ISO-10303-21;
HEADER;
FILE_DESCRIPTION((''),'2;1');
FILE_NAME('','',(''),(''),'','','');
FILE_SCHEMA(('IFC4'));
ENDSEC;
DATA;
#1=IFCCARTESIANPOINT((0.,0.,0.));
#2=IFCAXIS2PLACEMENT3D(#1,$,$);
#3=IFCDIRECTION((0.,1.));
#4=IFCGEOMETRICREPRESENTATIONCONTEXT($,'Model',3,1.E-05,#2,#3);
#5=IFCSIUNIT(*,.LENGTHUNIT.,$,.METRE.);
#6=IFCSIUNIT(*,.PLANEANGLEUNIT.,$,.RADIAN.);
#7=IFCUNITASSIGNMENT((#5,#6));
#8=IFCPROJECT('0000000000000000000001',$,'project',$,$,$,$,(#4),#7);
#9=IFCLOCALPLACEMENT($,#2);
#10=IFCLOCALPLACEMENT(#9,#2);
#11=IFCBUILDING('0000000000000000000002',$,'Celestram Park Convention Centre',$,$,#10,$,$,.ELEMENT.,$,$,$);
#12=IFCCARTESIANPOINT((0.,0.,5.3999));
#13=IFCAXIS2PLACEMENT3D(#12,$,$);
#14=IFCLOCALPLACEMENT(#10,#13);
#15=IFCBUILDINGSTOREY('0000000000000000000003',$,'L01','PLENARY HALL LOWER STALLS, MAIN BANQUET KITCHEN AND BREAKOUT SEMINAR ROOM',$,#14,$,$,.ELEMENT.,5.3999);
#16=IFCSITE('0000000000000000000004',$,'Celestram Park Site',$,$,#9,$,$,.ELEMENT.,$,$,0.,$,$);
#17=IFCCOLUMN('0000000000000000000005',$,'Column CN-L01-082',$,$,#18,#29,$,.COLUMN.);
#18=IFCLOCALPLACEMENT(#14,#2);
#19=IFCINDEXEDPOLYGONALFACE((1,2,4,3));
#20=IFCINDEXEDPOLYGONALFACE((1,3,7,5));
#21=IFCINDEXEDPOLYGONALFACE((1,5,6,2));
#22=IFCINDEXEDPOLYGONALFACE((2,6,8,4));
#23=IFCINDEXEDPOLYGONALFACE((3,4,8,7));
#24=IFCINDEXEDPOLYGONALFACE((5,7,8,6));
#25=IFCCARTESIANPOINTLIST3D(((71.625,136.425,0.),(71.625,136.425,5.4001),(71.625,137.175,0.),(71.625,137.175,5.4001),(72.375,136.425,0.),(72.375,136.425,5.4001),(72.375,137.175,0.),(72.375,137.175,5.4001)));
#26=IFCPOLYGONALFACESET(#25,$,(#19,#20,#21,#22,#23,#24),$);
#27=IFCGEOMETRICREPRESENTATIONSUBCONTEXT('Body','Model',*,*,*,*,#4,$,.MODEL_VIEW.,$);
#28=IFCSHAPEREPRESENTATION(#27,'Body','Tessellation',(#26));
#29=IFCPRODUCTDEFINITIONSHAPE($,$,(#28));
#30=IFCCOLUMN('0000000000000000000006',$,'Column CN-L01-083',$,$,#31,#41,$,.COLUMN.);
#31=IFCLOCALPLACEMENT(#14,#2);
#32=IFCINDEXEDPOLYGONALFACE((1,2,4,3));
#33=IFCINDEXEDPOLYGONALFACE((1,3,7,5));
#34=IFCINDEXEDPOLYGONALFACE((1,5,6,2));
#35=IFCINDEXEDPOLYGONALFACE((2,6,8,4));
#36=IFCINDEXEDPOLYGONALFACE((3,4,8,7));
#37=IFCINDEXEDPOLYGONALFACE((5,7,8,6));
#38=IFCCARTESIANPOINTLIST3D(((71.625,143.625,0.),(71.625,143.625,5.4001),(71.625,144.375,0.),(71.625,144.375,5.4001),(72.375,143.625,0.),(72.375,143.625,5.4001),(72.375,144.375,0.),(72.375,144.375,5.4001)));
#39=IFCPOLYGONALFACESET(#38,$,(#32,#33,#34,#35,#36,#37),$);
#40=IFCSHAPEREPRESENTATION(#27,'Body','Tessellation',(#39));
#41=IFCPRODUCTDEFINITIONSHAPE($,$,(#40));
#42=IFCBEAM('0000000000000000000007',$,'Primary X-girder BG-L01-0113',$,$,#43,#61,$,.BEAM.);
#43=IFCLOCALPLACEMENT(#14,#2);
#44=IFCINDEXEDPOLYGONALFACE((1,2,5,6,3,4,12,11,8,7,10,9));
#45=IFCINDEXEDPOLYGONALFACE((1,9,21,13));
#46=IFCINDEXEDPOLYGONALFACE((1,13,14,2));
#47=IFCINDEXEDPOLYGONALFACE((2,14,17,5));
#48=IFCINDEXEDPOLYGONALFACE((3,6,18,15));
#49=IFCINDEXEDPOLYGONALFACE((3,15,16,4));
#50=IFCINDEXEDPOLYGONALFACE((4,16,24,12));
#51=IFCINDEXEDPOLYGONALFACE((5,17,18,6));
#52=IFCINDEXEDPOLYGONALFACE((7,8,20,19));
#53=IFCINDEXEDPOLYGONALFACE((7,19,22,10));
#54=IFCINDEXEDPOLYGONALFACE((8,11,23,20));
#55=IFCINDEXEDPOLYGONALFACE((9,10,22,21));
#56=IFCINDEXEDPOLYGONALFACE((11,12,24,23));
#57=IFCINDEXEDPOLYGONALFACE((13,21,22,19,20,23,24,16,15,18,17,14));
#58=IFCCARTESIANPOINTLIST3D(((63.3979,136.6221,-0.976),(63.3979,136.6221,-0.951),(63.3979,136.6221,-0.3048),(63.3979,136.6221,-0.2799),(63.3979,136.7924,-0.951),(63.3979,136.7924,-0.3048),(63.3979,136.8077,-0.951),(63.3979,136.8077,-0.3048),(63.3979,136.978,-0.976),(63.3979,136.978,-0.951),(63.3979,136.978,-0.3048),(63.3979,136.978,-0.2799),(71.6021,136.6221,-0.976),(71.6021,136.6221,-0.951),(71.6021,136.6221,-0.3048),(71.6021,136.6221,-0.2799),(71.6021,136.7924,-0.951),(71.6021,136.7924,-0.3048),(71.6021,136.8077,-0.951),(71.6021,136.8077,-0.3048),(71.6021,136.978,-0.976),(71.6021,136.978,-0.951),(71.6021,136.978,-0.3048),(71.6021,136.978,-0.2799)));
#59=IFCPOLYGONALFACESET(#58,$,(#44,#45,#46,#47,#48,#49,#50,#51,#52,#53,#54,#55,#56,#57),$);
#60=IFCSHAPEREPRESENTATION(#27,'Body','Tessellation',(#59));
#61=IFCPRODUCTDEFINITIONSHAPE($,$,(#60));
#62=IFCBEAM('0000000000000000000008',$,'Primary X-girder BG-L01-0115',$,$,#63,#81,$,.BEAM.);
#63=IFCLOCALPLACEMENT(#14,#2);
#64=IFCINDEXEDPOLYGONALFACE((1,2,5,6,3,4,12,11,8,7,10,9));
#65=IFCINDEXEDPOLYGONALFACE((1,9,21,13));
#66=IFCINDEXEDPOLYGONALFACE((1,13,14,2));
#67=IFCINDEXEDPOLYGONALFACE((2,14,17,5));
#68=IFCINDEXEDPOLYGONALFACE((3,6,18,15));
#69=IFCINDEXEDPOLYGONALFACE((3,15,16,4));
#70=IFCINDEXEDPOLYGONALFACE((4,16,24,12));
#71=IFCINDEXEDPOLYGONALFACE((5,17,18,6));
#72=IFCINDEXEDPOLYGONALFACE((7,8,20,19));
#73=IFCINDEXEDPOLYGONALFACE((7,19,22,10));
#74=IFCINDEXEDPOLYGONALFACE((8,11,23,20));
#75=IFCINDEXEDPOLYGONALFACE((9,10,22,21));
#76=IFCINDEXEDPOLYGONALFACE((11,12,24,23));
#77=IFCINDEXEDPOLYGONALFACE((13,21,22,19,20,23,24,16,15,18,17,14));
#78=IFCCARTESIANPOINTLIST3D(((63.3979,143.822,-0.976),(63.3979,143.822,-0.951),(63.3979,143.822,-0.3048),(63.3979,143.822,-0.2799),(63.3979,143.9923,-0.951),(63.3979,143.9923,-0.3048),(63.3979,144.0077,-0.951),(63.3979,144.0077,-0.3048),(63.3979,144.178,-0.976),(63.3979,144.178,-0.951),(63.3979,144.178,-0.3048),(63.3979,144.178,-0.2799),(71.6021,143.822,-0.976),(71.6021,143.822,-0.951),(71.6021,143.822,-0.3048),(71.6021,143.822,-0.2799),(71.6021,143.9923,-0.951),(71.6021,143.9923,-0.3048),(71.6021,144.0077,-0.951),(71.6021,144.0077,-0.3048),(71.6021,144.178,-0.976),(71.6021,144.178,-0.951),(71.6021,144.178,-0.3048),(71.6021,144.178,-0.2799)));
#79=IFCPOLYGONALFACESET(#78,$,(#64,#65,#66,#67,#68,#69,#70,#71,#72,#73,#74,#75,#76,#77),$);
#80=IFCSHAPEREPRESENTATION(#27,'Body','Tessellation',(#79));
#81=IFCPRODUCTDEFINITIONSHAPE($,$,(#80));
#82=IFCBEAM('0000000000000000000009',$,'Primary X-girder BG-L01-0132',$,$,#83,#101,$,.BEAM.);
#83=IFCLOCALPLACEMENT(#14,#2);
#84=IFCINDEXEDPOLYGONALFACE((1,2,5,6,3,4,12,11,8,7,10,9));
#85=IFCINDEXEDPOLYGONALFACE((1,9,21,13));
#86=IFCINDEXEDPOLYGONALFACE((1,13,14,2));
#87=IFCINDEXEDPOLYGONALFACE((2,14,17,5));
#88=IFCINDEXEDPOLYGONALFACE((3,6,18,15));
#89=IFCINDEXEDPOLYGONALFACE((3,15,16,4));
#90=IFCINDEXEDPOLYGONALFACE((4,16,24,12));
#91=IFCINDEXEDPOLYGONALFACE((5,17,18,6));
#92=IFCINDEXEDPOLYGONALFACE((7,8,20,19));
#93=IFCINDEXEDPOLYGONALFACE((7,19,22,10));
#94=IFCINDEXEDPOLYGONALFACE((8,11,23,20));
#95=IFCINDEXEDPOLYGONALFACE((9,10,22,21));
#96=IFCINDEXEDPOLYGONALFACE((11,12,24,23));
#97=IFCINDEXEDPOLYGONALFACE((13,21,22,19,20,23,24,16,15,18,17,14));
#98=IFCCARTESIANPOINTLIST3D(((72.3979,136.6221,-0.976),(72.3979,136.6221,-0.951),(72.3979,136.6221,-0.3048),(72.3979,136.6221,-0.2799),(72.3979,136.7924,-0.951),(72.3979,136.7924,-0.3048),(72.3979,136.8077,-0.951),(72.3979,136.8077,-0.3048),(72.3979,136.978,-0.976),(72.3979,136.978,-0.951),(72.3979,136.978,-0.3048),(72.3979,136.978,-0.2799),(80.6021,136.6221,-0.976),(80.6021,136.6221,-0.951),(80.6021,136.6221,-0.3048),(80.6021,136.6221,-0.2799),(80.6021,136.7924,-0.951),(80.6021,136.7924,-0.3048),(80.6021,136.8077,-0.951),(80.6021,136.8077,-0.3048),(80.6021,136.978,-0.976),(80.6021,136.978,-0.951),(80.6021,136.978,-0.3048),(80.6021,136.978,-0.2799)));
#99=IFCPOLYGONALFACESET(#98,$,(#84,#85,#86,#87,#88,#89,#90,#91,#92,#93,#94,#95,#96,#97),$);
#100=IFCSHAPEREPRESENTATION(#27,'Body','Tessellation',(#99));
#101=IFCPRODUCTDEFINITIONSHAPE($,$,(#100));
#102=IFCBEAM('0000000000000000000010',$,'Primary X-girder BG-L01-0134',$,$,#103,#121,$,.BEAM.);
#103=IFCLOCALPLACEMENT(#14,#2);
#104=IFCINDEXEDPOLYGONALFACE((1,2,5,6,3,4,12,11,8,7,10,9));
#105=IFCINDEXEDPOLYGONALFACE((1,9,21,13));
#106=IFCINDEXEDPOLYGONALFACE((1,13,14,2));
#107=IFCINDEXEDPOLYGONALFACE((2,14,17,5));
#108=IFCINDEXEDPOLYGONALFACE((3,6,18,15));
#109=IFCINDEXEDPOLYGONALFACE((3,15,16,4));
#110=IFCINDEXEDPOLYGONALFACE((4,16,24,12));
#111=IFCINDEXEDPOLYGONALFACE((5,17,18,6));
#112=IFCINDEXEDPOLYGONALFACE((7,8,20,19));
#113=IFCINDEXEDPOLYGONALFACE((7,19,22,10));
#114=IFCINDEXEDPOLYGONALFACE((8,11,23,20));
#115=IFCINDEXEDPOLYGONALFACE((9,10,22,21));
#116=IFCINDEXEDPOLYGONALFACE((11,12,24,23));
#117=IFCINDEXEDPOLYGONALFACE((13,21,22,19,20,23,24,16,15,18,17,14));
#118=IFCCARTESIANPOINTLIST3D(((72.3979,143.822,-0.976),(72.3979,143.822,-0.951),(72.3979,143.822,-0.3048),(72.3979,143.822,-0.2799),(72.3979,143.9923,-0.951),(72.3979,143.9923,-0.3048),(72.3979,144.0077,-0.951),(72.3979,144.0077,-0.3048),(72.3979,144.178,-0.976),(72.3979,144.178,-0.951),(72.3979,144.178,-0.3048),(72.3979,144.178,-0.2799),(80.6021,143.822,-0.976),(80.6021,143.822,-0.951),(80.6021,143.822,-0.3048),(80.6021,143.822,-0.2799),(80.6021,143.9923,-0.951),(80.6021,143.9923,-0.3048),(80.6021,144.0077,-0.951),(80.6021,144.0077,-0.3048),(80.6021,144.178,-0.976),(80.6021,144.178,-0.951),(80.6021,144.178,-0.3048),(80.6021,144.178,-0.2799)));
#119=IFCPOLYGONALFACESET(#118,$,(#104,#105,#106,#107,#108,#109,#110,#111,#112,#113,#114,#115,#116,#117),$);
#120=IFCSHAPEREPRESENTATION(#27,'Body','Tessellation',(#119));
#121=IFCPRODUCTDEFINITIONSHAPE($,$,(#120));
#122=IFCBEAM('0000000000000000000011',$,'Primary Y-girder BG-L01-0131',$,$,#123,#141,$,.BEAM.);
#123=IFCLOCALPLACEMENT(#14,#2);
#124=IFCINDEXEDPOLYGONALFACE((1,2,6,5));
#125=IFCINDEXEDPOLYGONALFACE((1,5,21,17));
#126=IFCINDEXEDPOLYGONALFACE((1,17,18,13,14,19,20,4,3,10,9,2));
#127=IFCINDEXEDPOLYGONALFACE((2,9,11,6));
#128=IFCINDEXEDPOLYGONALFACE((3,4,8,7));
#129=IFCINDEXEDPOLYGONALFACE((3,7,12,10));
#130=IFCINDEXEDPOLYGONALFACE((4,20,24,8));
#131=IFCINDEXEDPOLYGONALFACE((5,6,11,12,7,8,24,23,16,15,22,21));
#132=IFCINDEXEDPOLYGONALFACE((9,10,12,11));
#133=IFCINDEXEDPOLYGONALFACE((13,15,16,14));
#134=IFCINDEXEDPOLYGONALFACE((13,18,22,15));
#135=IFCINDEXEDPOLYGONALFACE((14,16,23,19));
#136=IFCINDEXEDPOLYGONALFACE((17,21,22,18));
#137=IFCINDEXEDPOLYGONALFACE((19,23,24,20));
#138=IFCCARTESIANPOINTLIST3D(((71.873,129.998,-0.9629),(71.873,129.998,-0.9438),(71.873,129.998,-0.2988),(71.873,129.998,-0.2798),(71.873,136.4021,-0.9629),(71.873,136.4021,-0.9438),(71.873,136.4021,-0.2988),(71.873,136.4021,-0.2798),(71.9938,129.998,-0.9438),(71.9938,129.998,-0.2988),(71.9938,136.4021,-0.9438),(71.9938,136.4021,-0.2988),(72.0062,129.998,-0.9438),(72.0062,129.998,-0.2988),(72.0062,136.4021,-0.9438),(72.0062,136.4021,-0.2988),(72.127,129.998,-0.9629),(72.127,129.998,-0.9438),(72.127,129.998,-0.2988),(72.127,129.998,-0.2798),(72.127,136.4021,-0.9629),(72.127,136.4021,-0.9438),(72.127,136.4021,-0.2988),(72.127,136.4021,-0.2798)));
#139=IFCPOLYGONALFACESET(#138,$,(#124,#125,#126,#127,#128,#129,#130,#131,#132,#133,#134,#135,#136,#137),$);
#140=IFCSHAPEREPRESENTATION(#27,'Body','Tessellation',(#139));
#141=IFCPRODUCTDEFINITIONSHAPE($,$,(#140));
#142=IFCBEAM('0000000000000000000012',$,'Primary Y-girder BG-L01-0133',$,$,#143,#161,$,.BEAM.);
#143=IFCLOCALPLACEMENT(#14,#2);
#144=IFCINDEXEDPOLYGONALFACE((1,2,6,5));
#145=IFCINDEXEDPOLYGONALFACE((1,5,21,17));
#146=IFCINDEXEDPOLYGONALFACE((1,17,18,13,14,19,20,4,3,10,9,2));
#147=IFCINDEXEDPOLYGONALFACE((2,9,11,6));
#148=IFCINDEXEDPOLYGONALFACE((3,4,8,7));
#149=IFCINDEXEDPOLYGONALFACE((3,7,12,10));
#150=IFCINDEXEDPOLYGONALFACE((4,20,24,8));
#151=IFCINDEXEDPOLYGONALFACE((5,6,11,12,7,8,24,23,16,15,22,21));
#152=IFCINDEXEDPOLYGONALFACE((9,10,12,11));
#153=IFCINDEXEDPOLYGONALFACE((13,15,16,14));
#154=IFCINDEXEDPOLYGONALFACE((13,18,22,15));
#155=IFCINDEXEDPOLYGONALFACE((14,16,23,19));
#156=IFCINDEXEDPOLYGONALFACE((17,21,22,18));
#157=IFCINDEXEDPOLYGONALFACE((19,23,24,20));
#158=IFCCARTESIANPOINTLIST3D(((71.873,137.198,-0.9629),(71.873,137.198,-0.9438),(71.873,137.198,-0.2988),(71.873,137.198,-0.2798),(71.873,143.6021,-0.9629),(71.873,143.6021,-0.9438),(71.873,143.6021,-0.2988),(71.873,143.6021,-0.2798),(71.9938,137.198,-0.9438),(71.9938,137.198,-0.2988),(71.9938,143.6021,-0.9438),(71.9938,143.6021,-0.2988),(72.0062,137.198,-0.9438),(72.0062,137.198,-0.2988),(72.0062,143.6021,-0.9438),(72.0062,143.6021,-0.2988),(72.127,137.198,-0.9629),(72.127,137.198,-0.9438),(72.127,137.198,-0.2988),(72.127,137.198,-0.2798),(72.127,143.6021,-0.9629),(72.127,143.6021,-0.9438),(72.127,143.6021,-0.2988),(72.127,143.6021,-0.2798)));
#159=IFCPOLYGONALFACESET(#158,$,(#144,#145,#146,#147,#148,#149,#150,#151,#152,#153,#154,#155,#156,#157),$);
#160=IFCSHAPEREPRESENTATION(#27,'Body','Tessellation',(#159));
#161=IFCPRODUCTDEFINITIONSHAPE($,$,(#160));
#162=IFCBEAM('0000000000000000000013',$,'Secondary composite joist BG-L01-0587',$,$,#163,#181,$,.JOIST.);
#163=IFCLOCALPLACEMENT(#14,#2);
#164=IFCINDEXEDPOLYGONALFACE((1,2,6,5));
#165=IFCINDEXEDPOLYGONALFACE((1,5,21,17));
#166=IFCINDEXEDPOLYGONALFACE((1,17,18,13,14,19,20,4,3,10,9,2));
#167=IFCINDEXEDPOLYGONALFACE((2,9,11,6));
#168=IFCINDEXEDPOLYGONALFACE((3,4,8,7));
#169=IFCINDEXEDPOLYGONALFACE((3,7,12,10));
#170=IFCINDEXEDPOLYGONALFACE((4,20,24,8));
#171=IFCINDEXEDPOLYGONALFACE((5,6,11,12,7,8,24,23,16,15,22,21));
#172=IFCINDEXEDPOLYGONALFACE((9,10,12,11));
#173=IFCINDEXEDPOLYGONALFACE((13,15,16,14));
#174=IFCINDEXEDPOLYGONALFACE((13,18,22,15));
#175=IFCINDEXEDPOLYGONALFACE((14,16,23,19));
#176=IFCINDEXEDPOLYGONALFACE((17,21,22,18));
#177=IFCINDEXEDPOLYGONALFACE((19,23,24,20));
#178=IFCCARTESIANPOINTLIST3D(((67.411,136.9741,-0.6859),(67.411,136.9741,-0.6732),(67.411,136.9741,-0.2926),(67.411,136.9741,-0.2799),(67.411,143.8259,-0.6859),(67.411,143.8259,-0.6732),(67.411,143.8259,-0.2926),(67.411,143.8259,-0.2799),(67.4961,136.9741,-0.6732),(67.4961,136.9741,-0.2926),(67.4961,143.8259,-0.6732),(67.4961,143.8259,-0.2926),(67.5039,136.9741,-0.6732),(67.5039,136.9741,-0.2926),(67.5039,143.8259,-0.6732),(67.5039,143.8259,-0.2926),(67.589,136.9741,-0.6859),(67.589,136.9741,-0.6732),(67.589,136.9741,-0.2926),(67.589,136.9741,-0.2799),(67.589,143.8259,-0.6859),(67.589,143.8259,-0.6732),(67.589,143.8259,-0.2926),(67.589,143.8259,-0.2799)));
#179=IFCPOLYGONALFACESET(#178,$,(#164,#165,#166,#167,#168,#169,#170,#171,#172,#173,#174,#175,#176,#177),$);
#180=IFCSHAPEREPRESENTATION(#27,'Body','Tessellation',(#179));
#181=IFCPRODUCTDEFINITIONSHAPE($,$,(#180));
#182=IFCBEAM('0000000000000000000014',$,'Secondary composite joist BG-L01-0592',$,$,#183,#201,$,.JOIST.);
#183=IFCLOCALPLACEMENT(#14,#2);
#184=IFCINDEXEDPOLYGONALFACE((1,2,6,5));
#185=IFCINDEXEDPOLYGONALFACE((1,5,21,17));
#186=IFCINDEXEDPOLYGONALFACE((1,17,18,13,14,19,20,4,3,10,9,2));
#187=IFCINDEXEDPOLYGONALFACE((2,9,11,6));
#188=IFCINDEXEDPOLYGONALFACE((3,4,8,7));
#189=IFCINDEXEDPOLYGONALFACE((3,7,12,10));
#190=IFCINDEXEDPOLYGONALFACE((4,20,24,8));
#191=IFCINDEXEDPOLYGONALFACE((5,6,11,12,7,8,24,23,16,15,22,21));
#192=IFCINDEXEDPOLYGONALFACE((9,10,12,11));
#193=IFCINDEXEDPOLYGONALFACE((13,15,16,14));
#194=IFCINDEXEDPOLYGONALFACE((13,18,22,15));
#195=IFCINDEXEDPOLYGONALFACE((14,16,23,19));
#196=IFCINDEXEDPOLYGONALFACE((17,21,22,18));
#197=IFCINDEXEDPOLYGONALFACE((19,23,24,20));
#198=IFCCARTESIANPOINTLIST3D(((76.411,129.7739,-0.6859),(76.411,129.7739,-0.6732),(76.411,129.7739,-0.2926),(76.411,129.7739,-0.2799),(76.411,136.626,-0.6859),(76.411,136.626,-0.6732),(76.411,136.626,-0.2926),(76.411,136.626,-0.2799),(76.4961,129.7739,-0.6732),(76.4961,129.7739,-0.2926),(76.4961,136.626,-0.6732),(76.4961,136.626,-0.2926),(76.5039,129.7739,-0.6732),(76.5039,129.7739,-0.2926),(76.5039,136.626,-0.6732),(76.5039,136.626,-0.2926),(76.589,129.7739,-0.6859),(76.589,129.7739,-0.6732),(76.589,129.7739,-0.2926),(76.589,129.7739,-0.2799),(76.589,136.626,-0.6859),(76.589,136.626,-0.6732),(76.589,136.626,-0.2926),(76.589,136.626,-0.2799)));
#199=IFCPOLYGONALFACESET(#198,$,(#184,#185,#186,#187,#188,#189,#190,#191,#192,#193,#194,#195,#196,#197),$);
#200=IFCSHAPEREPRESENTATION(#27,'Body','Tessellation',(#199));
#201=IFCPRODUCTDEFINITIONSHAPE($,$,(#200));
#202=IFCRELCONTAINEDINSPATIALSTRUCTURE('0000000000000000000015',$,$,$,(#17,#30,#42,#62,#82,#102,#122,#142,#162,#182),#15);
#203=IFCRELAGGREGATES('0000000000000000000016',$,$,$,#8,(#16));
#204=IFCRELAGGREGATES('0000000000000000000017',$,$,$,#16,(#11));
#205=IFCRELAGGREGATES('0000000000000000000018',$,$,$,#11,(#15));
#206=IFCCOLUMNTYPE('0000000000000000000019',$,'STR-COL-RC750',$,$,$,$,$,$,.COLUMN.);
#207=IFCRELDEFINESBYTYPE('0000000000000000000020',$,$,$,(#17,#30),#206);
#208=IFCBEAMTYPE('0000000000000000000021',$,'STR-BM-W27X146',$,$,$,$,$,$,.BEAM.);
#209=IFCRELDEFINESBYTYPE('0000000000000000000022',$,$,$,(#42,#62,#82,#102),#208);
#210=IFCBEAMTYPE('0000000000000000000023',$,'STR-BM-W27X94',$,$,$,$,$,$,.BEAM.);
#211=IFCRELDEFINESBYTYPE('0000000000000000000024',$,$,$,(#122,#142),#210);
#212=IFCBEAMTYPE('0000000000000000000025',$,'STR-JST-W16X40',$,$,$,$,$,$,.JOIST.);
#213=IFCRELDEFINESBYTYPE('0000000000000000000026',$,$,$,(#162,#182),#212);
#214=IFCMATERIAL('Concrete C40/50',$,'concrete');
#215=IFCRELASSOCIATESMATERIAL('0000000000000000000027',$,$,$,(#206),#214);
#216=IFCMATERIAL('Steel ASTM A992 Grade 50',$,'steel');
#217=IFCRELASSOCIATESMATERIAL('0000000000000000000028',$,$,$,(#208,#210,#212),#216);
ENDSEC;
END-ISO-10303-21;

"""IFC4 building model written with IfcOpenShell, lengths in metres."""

from ifc_helpers import new_model, si_unit, direction, frame, origin, origin_2d, place, context, subcontext, project, spatial, rectangle, i_section, extrude, material, material_profile, profile_set, type_object, element, save


model = new_model("IFC4")

# Units and contexts
model_context = context("Model", 3, precision=1e-05, world=origin(), true_north=direction((0.0, 1.0)))
body_context = subcontext(model_context, "Body", "Model", "MODEL_VIEW")
ifc_project = project(units=[si_unit("LENGTHUNIT", "METRE"), si_unit("PLANEANGLEUNIT", "RADIAN")], contexts=[model_context])

# Site, building, storey
site_placement = place(None, origin())
site = spatial("IfcSite", under=ifc_project, at=site_placement, Name="Celestram Park Site", CompositionType="ELEMENT", RefElevation=0.0)
building_placement = place(site_placement, origin())
building = spatial("IfcBuilding", under=site, at=building_placement, Name="Celestram Park Convention Centre", CompositionType="ELEMENT")
storey_placement = place(building_placement, frame((0.0, 0.0, 5.3999)))
storey = spatial("IfcBuildingStorey", under=building, at=storey_placement, Name="L01", Description="PLENARY HALL LOWER STALLS, MAIN BANQUET KITCHEN AND BREAKOUT SEMINAR ROOM", CompositionType="ELEMENT", Elevation=5.3999)

# Columns
ifc_material_1 = material(Name="Concrete C40/50", Category="concrete")
ifc_material_profile_1 = material_profile(ifc_material_1, rectangle(XDim=0.75, YDim=0.75, at=origin_2d()), Name="RC750X750")
ifc_profile_set_1 = profile_set([ifc_material_profile_1], Name="Concrete C40/50")
column_type = type_object("IfcColumnType", Name="STR-COL-RC750", PredefinedType="COLUMN", material=ifc_profile_set_1)
for number, where, z_axis, x_axis, name in (
    (1, (72.0, 136.8, 0.0), (0.0, 0.0, 1.0), (1.0, 0.0, 0.0), "Column CN-L01-082"),
    (2, (72.0, 144.0, 0.0), (0.0, 0.0, 1.0), (1.0, 0.0, 0.0), "Column CN-L01-083"),
):
    element("IfcColumn", number, at=place(storey_placement, frame(where, z_axis=z_axis, x_axis=x_axis)), inside=storey, type_object=column_type, Name=name, PredefinedType="COLUMN", context=body_context, shape_type="SweptSolid", body=[
        extrude(rectangle(XDim=0.75, YDim=0.75, at=origin_2d()), origin(), (0.0, 0.0, 1.0), 5.4001),
    ])

# Beams
ifc_material_2 = material(Name="Steel ASTM A992 Grade 50", Category="steel")
ifc_material_profile_2 = material_profile(ifc_material_2, i_section(OverallWidth=0.356, OverallDepth=0.696, WebThickness=0.0154, FlangeThickness=0.0249, at=origin_2d()), Name="W27X146")
ifc_profile_set_2 = profile_set([ifc_material_profile_2], Name="Steel ASTM A992 Grade 50")
beam_type_1 = type_object("IfcBeamType", Name="STR-BM-W27X146", PredefinedType="BEAM", material=ifc_profile_set_2)
for number, where, z_axis, x_axis, name in (
    (3, (63.3979, 136.8, -0.6279), (1.0, 0.0, 0.0), (0.0, 1.0, 0.0), "Primary X-girder BG-L01-0113"),
    (4, (63.3979, 144.0, -0.6279), (1.0, 0.0, 0.0), (0.0, 1.0, 0.0), "Primary X-girder BG-L01-0115"),
    (5, (72.3979, 136.8, -0.6279), (1.0, 0.0, 0.0), (0.0, 1.0, 0.0), "Primary X-girder BG-L01-0132"),
    (6, (72.3979, 144.0, -0.6279), (1.0, 0.0, 0.0), (0.0, 1.0, 0.0), "Primary X-girder BG-L01-0134"),
):
    element("IfcBeam", number, at=place(storey_placement, frame(where, z_axis=z_axis, x_axis=x_axis)), inside=storey, type_object=beam_type_1, Name=name, PredefinedType="BEAM", context=body_context, shape_type="SweptSolid", body=[
        extrude(i_section(OverallWidth=0.356, OverallDepth=0.696, WebThickness=0.0154, FlangeThickness=0.0249, at=origin_2d()), origin(), (0.0, 0.0, 1.0), 8.2041),
    ])
ifc_material_profile_3 = material_profile(ifc_material_2, i_section(OverallWidth=0.2539, OverallDepth=0.6831, WebThickness=0.0125, FlangeThickness=0.019, at=origin_2d()), Name="W27X94")
ifc_profile_set_3 = profile_set([ifc_material_profile_3], Name="Steel ASTM A992 Grade 50")
beam_type_2 = type_object("IfcBeamType", Name="STR-BM-W27X94", PredefinedType="BEAM", material=ifc_profile_set_3)
for number, where, z_axis, x_axis, name in (
    (7, (72.0, 129.998, -0.6213), (0.0, 1.0, 0.0), (-1.0, 0.0, 0.0), "Primary Y-girder BG-L01-0131"),
    (8, (72.0, 137.198, -0.6213), (0.0, 1.0, 0.0), (-1.0, 0.0, 0.0), "Primary Y-girder BG-L01-0133"),
):
    element("IfcBeam", number, at=place(storey_placement, frame(where, z_axis=z_axis, x_axis=x_axis)), inside=storey, type_object=beam_type_2, Name=name, PredefinedType="BEAM", context=body_context, shape_type="SweptSolid", body=[
        extrude(i_section(OverallWidth=0.2539, OverallDepth=0.6831, WebThickness=0.0125, FlangeThickness=0.019, at=origin_2d()), origin(), (0.0, 0.0, 1.0), 6.4041),
    ])
ifc_material_profile_4 = material_profile(ifc_material_2, i_section(OverallWidth=0.178, OverallDepth=0.406, WebThickness=0.0078, FlangeThickness=0.0127, at=origin_2d()), Name="W16X40")
ifc_profile_set_4 = profile_set([ifc_material_profile_4], Name="Steel ASTM A992 Grade 50")
beam_type_3 = type_object("IfcBeamType", Name="STR-JST-W16X40", PredefinedType="JOIST", material=ifc_profile_set_4)
beam_1_placement = place(storey_placement, frame((67.5, 136.9741, -0.4829), z_axis=(0.0, 1.0, 0.0), x_axis=(-1.0, 0.0, 0.0)))
element("IfcBeam", 9, at=beam_1_placement, inside=storey, type_object=beam_type_3, Name="Secondary composite joist BG-L01-0587", PredefinedType="JOIST", context=body_context, shape_type="SweptSolid", body=[
    extrude(i_section(OverallWidth=0.178, OverallDepth=0.406, WebThickness=0.0078, FlangeThickness=0.0127, at=origin_2d()), origin(), (0.0, 0.0, 1.0), 6.8518),
])
beam_2_placement = place(storey_placement, frame((76.5, 129.7739, -0.4829), z_axis=(0.0, 1.0, 0.0), x_axis=(-1.0, 0.0, 0.0)))
element("IfcBeam", 10, at=beam_2_placement, inside=storey, type_object=beam_type_3, Name="Secondary composite joist BG-L01-0592", PredefinedType="JOIST", context=body_context, shape_type="SweptSolid", body=[
    extrude(i_section(OverallWidth=0.178, OverallDepth=0.406, WebThickness=0.0078, FlangeThickness=0.0127, at=origin_2d()), origin(), (0.0, 0.0, 1.0), 6.8521),
])

save(model, "model.ifc")
